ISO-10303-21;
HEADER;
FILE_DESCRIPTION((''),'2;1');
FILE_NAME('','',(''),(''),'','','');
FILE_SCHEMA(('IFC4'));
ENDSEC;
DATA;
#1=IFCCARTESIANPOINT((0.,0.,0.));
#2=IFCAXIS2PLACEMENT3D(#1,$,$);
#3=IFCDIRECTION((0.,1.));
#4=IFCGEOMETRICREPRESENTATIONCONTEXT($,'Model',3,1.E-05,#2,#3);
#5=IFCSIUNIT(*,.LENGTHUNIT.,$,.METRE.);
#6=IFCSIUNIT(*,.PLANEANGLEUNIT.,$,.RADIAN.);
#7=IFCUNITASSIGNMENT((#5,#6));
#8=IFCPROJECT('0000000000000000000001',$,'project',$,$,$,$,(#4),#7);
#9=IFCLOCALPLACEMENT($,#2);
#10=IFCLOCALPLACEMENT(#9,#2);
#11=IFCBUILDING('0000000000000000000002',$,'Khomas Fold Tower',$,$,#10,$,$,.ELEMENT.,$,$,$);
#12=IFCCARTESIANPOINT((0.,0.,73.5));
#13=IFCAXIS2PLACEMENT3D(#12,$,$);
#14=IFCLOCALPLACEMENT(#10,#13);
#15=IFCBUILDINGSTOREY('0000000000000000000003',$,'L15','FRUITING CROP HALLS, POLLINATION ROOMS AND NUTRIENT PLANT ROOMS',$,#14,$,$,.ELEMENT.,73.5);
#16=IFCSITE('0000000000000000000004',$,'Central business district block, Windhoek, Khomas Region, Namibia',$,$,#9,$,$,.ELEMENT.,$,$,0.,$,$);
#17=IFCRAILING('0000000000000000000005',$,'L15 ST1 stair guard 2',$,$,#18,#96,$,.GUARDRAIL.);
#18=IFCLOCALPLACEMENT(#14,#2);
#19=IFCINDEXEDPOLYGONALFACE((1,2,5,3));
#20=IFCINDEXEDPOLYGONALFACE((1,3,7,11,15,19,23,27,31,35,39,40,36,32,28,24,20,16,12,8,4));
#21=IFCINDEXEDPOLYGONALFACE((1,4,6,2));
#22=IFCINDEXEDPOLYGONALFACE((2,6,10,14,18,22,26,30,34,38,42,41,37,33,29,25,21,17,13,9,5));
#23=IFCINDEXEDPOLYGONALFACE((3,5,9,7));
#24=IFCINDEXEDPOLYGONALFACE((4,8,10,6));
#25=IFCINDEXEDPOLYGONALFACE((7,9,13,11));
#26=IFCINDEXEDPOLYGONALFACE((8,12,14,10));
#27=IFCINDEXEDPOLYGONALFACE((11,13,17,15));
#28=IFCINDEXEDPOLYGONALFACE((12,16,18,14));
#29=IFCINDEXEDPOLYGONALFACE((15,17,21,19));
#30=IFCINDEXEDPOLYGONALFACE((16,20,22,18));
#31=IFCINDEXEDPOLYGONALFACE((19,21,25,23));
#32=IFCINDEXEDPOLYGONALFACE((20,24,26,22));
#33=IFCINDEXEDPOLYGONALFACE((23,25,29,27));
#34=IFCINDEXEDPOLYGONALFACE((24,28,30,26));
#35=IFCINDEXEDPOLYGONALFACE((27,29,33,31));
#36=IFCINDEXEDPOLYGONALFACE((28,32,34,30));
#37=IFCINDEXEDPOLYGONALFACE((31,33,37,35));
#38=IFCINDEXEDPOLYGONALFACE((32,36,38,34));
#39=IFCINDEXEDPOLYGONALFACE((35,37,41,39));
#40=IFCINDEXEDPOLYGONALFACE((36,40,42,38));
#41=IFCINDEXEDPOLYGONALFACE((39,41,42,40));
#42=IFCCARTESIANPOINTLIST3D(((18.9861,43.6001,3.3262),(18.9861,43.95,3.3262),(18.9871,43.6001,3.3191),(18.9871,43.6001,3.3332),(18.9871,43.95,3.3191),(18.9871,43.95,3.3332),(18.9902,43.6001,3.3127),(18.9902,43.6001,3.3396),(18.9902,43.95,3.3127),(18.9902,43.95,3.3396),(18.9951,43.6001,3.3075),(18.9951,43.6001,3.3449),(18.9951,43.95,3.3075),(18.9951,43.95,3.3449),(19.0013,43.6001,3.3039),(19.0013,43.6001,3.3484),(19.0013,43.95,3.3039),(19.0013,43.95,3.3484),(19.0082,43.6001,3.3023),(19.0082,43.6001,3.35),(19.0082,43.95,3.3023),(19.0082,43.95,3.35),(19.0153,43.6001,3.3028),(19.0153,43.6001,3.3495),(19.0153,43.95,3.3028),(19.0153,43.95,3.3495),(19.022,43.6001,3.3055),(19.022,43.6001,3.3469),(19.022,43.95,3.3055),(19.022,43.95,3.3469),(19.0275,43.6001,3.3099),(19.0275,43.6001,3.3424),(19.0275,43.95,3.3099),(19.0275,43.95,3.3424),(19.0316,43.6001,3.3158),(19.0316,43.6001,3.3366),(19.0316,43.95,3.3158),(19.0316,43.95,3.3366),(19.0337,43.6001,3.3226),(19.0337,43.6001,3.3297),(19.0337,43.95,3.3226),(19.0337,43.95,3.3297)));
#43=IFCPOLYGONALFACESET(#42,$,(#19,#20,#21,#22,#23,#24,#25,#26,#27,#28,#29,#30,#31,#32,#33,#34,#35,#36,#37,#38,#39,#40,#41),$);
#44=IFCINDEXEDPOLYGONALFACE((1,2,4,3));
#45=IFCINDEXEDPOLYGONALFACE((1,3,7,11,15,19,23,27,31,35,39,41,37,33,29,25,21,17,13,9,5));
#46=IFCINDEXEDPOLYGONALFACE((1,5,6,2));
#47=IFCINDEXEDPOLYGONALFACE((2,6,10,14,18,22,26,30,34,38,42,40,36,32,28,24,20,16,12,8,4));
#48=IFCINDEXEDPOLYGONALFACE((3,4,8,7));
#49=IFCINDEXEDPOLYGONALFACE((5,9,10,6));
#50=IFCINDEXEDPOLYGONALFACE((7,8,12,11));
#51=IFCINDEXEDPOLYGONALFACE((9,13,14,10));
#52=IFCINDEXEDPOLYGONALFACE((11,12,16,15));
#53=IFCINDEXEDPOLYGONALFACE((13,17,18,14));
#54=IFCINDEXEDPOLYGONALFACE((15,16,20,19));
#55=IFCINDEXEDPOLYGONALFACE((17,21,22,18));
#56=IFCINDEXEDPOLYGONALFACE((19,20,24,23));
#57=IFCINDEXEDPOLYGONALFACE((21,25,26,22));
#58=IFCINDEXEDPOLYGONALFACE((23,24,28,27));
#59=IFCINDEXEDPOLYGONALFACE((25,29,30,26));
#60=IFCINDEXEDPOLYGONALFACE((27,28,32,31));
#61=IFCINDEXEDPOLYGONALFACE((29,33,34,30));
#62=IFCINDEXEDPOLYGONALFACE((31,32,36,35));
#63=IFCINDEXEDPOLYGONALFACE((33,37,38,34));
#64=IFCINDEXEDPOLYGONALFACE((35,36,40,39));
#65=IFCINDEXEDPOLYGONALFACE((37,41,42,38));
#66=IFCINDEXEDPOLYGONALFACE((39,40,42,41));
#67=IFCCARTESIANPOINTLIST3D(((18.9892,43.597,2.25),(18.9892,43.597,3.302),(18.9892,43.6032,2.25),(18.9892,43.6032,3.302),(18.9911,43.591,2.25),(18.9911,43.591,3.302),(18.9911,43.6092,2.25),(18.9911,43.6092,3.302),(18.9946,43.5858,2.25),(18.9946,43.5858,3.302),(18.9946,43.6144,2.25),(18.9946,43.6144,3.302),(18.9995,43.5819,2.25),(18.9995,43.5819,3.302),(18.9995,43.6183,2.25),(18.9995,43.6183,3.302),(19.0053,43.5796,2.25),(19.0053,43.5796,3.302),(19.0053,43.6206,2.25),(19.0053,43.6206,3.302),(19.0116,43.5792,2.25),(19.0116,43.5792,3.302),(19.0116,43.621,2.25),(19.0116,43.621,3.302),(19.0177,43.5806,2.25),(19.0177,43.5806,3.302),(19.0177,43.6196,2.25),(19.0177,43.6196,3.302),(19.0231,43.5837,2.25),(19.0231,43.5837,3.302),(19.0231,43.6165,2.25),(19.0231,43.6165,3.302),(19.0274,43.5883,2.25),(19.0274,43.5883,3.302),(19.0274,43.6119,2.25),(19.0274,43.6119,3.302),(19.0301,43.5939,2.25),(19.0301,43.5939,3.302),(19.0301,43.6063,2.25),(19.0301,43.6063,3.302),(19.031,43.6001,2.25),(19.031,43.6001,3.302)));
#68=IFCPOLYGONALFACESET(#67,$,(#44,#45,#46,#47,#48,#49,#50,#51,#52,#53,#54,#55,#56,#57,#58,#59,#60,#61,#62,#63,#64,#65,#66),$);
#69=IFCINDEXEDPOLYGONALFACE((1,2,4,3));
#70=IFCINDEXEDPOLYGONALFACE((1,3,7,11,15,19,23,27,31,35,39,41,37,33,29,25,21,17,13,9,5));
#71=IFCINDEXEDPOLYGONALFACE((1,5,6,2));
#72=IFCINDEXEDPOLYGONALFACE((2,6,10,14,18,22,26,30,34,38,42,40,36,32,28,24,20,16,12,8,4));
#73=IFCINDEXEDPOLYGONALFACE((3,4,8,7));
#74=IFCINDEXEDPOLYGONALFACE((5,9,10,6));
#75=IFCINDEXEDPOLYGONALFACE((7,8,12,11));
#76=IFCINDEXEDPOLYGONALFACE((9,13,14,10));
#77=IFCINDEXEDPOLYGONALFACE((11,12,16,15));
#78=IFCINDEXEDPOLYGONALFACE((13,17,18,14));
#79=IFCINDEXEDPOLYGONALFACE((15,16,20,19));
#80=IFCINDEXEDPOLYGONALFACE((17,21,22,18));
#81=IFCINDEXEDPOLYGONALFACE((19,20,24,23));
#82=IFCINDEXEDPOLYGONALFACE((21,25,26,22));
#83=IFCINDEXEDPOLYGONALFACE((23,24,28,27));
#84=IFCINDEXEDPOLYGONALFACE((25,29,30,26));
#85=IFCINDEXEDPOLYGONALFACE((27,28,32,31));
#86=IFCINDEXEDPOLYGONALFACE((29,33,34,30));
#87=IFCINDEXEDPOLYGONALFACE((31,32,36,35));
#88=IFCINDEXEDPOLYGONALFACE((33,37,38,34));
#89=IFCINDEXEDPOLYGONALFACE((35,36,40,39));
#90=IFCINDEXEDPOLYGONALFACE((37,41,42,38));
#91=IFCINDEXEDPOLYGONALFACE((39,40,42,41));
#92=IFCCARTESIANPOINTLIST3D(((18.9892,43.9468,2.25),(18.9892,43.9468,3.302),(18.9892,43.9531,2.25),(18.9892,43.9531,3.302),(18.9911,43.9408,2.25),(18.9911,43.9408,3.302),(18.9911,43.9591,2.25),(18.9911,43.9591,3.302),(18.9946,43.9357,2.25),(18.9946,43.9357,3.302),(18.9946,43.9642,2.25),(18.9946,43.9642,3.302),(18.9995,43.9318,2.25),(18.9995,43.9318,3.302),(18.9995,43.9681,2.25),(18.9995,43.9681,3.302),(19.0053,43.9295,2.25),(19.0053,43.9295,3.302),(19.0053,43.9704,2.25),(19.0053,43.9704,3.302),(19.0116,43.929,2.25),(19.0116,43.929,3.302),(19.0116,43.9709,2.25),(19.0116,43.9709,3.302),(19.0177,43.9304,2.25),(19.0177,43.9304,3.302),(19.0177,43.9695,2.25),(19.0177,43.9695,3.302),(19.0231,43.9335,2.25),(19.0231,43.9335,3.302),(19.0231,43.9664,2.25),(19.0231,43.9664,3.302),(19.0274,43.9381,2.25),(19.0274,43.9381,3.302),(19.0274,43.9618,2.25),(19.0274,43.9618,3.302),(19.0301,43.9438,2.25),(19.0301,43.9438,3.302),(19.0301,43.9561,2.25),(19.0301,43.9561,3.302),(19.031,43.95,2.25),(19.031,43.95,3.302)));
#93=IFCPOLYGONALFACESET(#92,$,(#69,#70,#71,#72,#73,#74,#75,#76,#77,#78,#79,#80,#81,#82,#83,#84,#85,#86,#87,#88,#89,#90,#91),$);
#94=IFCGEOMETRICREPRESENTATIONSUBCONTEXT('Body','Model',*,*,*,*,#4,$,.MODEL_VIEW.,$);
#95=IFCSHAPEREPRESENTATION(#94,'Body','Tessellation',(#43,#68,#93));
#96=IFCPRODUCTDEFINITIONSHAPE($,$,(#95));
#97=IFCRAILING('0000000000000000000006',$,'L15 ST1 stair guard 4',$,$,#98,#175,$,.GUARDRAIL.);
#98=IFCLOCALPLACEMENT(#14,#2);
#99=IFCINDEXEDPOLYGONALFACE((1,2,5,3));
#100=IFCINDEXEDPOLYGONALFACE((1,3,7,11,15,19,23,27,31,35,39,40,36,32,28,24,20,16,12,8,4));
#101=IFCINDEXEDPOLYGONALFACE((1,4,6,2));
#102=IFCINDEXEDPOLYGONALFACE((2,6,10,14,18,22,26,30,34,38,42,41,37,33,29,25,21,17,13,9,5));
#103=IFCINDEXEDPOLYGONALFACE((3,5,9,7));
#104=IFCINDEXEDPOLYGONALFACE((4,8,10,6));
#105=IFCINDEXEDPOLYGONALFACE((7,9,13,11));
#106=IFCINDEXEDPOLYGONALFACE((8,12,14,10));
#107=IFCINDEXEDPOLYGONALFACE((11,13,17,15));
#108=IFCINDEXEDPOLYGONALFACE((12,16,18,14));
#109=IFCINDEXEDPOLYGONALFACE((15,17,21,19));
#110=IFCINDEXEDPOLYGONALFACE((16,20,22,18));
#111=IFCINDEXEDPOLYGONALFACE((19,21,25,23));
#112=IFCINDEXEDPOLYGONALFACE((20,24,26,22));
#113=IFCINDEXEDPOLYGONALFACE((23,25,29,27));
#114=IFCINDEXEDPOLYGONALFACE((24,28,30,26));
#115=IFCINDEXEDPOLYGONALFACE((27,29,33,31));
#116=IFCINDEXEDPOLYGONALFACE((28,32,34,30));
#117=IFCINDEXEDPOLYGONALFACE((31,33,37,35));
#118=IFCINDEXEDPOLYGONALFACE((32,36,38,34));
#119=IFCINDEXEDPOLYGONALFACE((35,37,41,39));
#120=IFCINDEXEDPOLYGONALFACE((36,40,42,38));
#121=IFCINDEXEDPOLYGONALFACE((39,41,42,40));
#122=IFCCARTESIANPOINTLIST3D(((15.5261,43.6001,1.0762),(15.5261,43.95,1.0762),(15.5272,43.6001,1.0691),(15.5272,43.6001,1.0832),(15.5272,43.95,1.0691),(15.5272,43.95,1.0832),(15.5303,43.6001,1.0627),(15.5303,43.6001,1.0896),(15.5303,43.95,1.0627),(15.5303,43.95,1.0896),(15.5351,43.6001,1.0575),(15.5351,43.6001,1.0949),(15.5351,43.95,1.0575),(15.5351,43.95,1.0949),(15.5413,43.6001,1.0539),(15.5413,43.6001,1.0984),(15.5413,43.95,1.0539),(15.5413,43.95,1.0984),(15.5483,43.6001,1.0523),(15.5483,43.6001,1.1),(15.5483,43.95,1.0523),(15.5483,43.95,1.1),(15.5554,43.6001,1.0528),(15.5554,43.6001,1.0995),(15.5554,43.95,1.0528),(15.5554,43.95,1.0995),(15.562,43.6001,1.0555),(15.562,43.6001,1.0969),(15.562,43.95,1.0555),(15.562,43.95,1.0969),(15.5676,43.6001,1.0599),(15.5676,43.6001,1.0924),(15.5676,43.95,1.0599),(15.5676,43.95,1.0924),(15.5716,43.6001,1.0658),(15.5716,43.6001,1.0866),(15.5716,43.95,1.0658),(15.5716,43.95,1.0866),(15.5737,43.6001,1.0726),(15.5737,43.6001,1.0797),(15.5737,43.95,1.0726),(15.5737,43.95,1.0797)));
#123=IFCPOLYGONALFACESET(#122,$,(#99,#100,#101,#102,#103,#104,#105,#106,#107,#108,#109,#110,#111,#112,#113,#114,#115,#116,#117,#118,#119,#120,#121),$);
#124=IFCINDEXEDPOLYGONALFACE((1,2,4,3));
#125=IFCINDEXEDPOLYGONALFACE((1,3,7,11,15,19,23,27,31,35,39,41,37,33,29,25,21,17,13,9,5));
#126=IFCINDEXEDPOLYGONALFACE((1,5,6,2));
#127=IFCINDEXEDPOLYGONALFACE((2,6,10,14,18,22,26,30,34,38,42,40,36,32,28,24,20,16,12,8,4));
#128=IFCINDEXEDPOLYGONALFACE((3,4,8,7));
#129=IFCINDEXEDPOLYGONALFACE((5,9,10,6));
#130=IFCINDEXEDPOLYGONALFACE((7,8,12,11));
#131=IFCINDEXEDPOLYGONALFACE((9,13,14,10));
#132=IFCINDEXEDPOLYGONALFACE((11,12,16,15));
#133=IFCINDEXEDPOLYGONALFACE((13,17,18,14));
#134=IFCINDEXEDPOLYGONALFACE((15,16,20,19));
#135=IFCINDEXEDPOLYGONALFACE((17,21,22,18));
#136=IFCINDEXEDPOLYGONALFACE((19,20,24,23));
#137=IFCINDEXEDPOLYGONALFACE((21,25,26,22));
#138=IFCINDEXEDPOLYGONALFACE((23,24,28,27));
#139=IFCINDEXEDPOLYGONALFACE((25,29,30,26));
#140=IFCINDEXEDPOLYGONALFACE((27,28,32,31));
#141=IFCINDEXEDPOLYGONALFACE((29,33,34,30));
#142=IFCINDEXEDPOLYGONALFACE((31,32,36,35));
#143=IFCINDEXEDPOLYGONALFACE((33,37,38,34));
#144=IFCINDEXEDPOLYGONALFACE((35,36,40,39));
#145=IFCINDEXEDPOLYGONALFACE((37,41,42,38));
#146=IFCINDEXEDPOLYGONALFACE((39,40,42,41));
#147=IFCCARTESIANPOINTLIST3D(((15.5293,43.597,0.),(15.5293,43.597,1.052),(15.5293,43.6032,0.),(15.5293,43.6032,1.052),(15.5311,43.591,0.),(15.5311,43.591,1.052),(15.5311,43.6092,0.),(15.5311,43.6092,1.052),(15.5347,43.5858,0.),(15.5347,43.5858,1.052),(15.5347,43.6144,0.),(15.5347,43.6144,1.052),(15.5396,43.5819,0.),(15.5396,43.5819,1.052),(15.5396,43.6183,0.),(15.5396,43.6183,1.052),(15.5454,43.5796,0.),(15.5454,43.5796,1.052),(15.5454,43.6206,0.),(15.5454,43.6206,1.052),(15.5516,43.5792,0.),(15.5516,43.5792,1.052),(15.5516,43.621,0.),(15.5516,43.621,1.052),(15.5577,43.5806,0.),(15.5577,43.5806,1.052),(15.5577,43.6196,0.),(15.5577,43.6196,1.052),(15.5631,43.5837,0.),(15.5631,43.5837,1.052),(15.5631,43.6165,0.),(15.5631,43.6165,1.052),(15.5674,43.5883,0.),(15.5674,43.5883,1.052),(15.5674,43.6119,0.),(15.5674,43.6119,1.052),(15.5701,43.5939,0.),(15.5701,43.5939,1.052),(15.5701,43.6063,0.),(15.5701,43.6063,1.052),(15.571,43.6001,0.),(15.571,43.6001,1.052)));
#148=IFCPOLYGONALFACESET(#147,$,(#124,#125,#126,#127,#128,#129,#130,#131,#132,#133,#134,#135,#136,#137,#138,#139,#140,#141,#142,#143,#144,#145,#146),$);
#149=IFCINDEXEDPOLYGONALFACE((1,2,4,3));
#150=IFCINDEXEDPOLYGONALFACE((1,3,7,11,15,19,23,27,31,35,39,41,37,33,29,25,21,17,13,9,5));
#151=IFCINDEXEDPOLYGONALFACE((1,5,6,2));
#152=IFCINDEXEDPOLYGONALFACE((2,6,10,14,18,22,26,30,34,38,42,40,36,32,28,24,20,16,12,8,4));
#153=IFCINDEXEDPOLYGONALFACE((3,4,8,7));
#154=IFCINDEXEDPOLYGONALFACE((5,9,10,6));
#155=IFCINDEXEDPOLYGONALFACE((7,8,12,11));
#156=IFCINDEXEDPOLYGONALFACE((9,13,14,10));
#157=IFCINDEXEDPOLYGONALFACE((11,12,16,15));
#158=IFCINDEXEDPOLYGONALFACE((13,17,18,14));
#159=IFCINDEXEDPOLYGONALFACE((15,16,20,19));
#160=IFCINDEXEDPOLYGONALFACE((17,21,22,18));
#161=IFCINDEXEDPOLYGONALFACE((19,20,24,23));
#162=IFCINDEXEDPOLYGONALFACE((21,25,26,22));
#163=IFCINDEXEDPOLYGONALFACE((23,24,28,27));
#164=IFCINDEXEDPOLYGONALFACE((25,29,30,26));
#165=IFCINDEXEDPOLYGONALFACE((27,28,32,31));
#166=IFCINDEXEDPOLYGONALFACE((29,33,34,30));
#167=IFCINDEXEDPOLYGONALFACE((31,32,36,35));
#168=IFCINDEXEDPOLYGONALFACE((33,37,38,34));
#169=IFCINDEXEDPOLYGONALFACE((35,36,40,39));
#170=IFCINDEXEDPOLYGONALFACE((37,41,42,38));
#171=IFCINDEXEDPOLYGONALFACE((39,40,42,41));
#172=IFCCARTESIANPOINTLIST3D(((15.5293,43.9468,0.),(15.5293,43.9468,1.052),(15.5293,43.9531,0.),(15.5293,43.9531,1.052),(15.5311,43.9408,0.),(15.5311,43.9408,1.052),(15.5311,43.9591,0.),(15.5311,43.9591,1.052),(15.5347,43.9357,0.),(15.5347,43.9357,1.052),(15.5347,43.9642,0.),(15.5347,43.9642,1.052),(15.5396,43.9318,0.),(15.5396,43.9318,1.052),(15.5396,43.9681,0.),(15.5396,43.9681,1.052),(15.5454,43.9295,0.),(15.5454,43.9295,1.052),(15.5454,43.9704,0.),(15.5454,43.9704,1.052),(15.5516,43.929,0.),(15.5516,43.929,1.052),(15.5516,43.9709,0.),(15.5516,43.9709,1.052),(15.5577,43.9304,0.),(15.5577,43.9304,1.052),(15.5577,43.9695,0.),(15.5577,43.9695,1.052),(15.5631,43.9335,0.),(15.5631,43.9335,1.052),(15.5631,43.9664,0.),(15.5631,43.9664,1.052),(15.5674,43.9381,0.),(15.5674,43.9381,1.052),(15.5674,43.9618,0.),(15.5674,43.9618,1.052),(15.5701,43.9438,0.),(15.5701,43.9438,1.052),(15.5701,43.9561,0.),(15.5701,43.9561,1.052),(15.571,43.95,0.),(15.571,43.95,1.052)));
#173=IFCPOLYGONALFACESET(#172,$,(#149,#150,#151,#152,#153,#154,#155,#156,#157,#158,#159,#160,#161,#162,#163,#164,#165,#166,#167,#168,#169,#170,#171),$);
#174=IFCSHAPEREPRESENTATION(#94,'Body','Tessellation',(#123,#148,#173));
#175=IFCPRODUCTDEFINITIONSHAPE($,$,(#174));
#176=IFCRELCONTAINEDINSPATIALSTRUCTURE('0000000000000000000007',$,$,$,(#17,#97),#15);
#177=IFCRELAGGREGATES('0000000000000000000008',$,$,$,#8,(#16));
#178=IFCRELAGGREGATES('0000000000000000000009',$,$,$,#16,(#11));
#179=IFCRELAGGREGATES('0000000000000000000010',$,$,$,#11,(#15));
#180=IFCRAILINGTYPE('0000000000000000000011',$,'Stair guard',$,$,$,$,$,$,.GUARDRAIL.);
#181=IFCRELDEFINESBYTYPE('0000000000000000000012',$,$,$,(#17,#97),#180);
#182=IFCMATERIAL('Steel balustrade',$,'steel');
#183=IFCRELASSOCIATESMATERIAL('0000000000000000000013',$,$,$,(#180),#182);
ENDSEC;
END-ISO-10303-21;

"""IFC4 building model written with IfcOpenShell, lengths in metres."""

from ifc_helpers import new_model, si_unit, direction, frame, origin, origin_2d, place, context, subcontext, project, spatial, circle, extrude, source, transform, mapped, material, type_object, element, save


model = new_model("IFC4")

# Units and contexts
model_context = context("Model", 3, precision=1e-05, world=origin(), true_north=direction((0.0, 1.0)))
body_context = subcontext(model_context, "Body", "Model", "MODEL_VIEW")
ifc_project = project(units=[si_unit("LENGTHUNIT", "METRE"), si_unit("PLANEANGLEUNIT", "RADIAN")], contexts=[model_context])

# Site, building, storey
site_placement = place(None, origin())
site = spatial("IfcSite", under=ifc_project, at=site_placement, Name="Central business district block, Windhoek, Khomas Region, Namibia", CompositionType="ELEMENT", RefElevation=0.0)
building_placement = place(site_placement, origin())
building = spatial("IfcBuilding", under=site, at=building_placement, Name="Khomas Fold Tower", CompositionType="ELEMENT")
storey_placement = place(building_placement, frame((0.0, 0.0, 73.5)))
storey = spatial("IfcBuildingStorey", under=building, at=storey_placement, Name="L15", Description="FRUITING CROP HALLS, POLLINATION ROOMS AND NUTRIENT PLANT ROOMS", CompositionType="ELEMENT", Elevation=73.5)

# Railings
ifc_material_1 = material(Name="Steel balustrade", Category="steel")
railing_type_1 = type_object("IfcRailingType", Name="Stair guard", PredefinedType="GUARDRAIL", material=ifc_material_1)
shared_shape_1 = source(origin(), body_context, "Body", "SweptSolid", [
    extrude(circle(Radius=0.0239, at=origin_2d()), frame((0.0, 0.0, 1.0762), z_axis=(0.0, 1.0, 0.0), x_axis=(-1.0, 0.0, 0.0)), (0.0, 0.0, 1.0), 0.3499),
    extrude(circle(Radius=0.021, at=origin_2d()), origin(), (0.0, 0.0, 1.0), 1.052),
    extrude(circle(Radius=0.021, at=origin_2d()), frame((0.0, 0.3499, 0.0)), (0.0, 0.0, 1.0), 1.052),
])
for number, where, name in (
    (1, (19.01, 43.6001, 2.25), "L15 ST1 stair guard 2"),
    (2, (15.55, 43.6001, 0.0), "L15 ST1 stair guard 4"),
):
    element("IfcRailing", number, at=place(storey_placement, frame(where)), inside=storey, type_object=railing_type_1, Name=name, PredefinedType="GUARDRAIL", context=body_context, shape_type="MappedRepresentation", body=[
        mapped(shared_shape_1, transform((0.0, 0.0, 0.0))),
    ])

save(model, "model.ifc")
